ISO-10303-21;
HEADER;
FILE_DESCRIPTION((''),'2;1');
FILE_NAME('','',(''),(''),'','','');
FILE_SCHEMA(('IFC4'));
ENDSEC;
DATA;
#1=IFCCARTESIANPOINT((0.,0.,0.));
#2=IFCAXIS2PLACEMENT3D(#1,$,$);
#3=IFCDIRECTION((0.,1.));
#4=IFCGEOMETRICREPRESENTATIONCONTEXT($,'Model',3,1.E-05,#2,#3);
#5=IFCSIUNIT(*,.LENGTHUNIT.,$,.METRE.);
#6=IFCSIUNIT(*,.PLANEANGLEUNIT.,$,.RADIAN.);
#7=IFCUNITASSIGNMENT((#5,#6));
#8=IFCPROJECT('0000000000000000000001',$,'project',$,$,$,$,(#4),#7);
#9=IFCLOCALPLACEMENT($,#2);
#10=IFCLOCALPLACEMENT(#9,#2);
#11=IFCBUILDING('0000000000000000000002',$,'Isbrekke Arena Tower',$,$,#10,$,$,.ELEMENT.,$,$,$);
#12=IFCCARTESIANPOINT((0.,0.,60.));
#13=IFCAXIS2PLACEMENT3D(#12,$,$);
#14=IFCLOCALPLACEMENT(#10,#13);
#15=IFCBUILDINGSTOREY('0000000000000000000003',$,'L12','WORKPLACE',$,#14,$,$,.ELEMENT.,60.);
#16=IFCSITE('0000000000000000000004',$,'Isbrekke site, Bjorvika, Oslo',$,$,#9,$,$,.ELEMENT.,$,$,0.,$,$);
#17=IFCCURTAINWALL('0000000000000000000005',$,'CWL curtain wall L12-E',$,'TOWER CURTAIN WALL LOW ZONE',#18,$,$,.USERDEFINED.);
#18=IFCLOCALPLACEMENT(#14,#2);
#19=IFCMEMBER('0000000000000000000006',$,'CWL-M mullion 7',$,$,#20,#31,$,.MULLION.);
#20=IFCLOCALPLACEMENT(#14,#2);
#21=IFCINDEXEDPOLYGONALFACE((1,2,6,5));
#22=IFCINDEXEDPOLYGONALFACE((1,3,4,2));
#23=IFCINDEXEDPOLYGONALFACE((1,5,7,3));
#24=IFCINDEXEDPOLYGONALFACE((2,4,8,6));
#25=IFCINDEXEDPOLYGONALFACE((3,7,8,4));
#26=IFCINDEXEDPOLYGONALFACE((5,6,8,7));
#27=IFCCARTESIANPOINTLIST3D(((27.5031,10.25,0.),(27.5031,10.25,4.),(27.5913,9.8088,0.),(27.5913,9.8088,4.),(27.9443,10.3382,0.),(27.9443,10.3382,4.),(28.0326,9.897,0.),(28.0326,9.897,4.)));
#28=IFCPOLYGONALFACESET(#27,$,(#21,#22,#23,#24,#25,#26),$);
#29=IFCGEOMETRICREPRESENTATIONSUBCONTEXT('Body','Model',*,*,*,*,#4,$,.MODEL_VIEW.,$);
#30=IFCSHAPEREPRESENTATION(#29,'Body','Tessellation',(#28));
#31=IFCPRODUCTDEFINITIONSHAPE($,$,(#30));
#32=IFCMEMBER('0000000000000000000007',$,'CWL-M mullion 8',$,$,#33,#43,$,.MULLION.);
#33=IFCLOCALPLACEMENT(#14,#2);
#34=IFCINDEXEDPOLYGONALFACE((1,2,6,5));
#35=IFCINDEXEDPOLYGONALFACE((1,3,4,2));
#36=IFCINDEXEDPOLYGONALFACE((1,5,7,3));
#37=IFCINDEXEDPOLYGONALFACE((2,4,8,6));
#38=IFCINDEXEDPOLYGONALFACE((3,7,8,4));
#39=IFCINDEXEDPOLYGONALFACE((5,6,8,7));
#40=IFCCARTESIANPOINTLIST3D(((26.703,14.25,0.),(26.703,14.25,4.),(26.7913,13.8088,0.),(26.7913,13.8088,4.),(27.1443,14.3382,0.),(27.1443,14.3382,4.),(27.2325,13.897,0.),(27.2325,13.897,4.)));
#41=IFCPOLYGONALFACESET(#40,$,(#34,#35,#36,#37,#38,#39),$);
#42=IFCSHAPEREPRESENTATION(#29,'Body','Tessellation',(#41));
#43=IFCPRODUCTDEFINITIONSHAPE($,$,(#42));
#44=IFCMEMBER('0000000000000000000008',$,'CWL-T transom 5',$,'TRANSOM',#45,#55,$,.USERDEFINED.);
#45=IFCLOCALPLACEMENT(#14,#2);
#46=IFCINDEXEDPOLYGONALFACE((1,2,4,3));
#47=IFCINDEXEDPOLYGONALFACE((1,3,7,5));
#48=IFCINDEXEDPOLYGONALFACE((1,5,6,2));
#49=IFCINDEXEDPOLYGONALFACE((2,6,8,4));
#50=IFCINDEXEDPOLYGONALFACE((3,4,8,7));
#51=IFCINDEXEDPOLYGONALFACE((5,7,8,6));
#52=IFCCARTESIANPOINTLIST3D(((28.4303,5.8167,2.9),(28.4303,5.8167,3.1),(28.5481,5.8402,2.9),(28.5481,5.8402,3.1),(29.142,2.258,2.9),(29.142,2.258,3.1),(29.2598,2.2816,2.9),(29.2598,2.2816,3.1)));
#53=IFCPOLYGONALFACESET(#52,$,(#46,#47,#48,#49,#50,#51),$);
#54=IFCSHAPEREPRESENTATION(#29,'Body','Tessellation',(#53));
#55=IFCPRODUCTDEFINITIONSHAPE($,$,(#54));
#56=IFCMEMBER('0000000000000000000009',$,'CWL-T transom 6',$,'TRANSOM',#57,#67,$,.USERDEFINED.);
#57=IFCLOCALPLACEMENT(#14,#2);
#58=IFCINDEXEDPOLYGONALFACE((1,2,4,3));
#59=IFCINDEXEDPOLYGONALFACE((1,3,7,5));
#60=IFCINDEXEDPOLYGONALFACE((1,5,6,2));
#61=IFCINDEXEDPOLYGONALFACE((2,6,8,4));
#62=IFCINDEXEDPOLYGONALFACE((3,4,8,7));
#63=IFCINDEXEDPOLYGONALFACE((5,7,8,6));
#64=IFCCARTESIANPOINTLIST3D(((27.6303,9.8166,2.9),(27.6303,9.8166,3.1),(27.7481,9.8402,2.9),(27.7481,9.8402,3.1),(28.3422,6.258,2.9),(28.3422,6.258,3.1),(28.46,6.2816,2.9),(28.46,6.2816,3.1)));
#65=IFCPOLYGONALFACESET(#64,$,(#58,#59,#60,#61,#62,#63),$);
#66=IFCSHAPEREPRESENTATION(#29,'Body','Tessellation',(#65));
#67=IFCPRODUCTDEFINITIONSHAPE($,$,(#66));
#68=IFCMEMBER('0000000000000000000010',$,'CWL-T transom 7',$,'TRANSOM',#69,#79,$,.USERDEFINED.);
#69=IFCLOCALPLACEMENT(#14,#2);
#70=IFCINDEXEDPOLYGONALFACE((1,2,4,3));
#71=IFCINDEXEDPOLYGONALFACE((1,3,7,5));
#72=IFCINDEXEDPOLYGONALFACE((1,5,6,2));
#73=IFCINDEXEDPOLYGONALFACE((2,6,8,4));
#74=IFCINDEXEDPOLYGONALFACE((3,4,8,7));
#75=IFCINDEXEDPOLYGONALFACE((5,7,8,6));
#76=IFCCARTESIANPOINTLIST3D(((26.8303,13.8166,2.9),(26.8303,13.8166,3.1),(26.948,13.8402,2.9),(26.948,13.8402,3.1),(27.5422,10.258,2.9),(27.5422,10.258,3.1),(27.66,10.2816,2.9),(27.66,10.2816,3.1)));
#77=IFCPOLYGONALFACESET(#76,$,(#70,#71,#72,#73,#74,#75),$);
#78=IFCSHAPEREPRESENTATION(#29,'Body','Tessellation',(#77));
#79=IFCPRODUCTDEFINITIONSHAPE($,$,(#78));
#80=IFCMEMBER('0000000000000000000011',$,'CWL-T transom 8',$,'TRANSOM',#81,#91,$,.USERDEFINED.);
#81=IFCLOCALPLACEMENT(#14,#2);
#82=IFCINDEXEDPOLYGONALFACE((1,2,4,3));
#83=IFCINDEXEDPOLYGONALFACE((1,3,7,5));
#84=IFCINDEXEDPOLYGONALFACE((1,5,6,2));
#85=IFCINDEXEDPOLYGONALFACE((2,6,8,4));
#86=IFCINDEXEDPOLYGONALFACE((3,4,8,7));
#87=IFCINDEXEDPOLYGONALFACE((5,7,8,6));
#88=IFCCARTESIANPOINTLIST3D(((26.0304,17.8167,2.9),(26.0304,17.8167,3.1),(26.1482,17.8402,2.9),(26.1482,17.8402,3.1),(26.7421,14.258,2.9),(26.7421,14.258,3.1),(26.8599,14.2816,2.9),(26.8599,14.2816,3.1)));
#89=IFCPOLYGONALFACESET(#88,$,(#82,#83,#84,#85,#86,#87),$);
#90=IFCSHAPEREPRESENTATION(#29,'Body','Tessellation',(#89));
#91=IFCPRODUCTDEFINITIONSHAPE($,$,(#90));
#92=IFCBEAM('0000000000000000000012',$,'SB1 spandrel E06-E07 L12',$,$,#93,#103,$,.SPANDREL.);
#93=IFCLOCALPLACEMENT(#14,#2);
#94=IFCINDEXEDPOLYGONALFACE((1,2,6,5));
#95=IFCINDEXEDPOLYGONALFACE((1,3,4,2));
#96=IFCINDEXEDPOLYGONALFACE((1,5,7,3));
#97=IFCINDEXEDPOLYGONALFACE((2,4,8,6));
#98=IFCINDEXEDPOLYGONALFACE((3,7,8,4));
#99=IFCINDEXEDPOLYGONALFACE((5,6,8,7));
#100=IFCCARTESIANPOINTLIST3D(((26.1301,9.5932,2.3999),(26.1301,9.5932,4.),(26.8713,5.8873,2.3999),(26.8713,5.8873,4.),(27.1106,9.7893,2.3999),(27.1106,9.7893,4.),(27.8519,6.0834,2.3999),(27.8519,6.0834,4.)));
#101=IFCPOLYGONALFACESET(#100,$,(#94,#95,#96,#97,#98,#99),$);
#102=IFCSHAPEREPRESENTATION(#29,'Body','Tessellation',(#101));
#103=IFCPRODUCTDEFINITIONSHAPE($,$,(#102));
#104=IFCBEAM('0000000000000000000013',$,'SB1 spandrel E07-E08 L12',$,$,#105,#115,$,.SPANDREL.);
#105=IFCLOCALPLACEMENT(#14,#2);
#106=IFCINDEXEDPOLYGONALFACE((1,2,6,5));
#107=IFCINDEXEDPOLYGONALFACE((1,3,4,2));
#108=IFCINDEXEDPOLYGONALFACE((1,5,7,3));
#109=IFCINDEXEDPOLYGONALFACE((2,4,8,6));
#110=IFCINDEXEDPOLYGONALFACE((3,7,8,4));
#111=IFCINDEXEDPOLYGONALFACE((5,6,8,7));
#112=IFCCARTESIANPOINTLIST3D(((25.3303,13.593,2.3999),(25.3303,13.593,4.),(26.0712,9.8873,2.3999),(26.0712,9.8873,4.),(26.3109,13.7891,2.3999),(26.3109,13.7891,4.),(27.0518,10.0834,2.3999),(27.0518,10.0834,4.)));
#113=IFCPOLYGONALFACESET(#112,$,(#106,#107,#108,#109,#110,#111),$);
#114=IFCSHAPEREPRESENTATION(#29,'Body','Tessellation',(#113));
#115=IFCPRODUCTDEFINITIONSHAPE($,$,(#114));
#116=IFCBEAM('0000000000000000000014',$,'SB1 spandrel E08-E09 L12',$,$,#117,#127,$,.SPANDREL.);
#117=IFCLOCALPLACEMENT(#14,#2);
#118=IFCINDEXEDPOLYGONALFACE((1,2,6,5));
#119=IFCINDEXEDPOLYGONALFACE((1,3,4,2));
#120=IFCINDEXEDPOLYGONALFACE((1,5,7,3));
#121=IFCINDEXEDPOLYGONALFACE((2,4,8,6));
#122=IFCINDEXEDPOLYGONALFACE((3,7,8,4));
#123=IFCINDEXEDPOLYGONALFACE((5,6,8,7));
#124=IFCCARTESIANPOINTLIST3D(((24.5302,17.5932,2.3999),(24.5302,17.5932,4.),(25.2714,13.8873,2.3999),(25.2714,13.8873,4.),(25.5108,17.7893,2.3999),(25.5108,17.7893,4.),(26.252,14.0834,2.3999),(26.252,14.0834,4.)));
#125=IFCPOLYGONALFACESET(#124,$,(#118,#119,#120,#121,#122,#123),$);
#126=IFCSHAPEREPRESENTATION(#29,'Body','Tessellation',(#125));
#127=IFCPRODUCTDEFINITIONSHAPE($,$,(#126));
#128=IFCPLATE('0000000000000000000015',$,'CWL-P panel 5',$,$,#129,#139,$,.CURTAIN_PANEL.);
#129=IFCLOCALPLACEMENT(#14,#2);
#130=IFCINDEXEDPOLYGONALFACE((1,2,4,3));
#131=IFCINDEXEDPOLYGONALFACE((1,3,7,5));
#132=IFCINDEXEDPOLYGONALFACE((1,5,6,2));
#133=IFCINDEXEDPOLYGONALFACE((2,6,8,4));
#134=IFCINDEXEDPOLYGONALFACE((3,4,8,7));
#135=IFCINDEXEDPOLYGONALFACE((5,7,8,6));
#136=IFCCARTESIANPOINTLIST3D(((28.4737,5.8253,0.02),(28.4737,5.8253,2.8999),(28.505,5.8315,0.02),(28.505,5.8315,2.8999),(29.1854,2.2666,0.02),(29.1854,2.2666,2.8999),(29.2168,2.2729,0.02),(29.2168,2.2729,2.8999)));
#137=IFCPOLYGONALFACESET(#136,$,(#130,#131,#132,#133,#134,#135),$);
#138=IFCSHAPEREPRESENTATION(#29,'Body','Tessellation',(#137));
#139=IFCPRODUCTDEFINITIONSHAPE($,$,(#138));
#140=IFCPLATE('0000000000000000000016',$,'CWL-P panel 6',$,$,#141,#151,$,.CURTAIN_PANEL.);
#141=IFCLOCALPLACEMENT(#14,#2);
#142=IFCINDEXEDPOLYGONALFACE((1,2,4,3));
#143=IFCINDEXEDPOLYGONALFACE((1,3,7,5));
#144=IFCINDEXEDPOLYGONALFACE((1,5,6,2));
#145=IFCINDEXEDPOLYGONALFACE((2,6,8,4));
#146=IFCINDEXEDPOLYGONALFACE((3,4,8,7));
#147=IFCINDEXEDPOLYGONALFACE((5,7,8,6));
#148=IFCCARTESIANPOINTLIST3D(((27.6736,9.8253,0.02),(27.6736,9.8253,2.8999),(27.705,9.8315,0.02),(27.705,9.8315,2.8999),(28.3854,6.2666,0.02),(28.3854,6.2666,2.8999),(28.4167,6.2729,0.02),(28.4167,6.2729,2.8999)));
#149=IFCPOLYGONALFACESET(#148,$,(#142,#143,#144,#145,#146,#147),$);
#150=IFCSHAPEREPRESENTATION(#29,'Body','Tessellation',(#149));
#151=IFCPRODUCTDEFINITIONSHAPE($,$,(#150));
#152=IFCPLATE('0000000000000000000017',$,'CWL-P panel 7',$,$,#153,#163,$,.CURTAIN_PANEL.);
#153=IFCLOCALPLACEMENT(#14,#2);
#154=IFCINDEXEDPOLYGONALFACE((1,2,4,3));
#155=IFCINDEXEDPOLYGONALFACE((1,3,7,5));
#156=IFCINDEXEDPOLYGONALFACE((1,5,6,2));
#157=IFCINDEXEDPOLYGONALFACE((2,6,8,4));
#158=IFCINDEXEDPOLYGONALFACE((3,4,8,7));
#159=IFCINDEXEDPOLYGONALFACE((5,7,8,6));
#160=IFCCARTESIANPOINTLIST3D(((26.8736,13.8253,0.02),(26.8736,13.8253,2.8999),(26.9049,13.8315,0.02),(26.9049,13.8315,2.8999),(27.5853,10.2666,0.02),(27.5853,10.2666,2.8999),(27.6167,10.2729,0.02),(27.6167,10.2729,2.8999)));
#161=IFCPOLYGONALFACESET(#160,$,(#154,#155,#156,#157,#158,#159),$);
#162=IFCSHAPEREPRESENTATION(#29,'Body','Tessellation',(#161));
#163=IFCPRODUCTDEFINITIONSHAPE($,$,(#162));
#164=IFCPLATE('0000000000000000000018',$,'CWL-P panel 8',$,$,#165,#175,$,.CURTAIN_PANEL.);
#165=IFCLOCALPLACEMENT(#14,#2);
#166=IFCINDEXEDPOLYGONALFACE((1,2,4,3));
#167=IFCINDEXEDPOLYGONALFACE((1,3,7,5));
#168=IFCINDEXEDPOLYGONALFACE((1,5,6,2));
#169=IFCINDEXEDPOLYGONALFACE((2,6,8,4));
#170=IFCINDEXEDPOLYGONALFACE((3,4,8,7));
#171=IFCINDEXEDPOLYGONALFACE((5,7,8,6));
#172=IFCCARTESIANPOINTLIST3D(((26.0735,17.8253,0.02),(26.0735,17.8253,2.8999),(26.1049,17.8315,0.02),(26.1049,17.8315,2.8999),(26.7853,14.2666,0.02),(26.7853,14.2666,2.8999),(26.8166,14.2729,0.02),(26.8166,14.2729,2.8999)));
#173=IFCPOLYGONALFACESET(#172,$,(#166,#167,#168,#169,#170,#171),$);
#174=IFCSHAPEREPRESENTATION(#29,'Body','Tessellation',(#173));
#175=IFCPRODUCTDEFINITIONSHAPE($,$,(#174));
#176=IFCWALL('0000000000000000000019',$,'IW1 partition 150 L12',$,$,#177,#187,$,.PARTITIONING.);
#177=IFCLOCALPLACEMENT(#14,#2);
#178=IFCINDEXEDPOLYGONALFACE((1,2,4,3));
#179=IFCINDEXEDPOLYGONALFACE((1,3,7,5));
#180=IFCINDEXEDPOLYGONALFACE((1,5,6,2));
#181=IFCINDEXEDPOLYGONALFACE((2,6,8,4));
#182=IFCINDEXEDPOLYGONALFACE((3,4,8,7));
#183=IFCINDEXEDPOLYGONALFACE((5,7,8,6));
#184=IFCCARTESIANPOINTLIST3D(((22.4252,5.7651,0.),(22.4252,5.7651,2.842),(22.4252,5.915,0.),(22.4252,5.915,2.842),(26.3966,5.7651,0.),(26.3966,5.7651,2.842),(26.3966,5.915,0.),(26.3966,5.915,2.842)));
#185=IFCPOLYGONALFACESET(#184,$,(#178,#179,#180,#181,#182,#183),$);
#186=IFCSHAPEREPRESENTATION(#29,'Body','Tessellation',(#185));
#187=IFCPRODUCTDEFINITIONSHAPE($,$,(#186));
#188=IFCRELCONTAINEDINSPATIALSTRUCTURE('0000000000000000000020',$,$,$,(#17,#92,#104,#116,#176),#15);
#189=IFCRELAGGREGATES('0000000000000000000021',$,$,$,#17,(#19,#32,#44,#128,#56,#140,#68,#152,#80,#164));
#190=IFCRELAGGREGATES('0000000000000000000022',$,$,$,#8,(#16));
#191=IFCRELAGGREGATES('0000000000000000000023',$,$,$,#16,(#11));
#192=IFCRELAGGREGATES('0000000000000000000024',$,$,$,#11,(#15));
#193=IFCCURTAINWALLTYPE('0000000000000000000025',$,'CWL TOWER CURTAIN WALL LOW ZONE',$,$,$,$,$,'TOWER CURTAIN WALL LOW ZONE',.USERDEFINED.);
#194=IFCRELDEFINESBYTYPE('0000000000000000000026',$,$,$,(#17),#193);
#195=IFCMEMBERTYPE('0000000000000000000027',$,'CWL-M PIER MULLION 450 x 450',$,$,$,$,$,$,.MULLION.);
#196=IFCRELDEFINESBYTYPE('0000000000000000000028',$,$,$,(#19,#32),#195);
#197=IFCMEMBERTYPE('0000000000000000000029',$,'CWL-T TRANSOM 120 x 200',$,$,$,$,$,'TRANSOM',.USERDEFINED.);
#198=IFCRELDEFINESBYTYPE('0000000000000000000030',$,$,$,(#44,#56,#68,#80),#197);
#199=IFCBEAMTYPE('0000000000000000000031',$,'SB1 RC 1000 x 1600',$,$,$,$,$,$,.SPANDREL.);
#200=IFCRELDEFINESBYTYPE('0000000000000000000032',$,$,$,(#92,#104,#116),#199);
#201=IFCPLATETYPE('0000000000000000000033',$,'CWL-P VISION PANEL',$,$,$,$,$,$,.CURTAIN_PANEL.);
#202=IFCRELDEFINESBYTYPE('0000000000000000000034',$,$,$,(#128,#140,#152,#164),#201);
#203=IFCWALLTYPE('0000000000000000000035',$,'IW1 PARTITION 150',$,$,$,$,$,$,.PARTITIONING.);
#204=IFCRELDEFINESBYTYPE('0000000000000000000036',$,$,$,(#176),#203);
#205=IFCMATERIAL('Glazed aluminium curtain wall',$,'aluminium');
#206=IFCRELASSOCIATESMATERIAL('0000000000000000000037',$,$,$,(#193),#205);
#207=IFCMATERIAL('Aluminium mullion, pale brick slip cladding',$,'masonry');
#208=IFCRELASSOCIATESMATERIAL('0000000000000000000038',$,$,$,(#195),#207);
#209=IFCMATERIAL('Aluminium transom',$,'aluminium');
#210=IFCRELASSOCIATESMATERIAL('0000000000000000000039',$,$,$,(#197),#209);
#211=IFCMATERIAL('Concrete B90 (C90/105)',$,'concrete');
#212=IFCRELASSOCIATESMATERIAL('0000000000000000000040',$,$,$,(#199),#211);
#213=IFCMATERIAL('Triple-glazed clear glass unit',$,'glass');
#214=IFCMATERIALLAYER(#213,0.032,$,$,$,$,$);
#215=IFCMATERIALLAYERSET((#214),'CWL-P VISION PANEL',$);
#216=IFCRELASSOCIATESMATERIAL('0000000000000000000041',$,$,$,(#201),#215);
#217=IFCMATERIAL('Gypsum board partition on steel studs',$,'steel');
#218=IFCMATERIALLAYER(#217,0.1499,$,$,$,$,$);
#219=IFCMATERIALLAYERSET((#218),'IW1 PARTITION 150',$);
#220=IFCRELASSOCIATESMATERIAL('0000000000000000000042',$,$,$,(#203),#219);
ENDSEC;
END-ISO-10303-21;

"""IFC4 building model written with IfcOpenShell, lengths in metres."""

from ifc_helpers import new_model, si_unit, direction, frame, frame_2d, origin, origin_2d, place, context, subcontext, project, spatial, rectangle, extrude, material, layer, layer_set, material_profile, profile_set, type_object, element, aggregate, save


model = new_model("IFC4")

# Units and contexts
model_context = context("Model", 3, precision=1e-05, world=origin(), true_north=direction((0.0, 1.0)))
body_context = subcontext(model_context, "Body", "Model", "MODEL_VIEW")
ifc_project = project(units=[si_unit("LENGTHUNIT", "METRE"), si_unit("PLANEANGLEUNIT", "RADIAN")], contexts=[model_context])

# Site, building, storey
site_placement = place(None, origin())
site = spatial("IfcSite", under=ifc_project, at=site_placement, Name="Isbrekke site, Bjorvika, Oslo", CompositionType="ELEMENT", RefElevation=0.0)
building_placement = place(site_placement, origin())
building = spatial("IfcBuilding", under=site, at=building_placement, Name="Isbrekke Arena Tower", CompositionType="ELEMENT")
storey_placement = place(building_placement, frame((0.0, 0.0, 60.0)))
storey = spatial("IfcBuildingStorey", under=building, at=storey_placement, Name="L12", Description="WORKPLACE", CompositionType="ELEMENT", Elevation=60.0)

# Curtain wall, members
ifc_material_1 = material(Name="Glazed aluminium curtain wall", Category="aluminium")
curtain_wall_type = type_object("IfcCurtainWallType", Name="CWL TOWER CURTAIN WALL LOW ZONE", ElementType="TOWER CURTAIN WALL LOW ZONE", PredefinedType="USERDEFINED", material=ifc_material_1)
curtain_wall_placement = place(storey_placement, origin())
curtain_wall = element("IfcCurtainWall", 1, at=curtain_wall_placement, inside=storey, type_object=curtain_wall_type, Name="CWL curtain wall L12-E", ObjectType="TOWER CURTAIN WALL LOW ZONE", PredefinedType="USERDEFINED")
ifc_material_2 = material(Name="Aluminium mullion, pale brick slip cladding", Category="masonry")
ifc_material_profile_1 = material_profile(ifc_material_2, rectangle(XDim=0.45, YDim=0.45, at=origin_2d()), Name="PIER 450X450")
ifc_profile_set_1 = profile_set([ifc_material_profile_1], Name="Aluminium mullion, pale brick slip cladding")
member_type_1 = type_object("IfcMemberType", Name="CWL-M PIER MULLION 450 x 450", PredefinedType="MULLION", material=ifc_profile_set_1)
member_1_placement = place(storey_placement, frame((27.7678, 10.0735, 0.0), z_axis=(0.0, 0.0, 1.0), x_axis=(-0.196116, 0.980581, 0.0)))
member_1 = element("IfcMember", 2, at=member_1_placement, type_object=member_type_1, Name="CWL-M mullion 7", PredefinedType="MULLION", context=body_context, shape_type="SweptSolid", body=[
    extrude(rectangle(XDim=0.45, YDim=0.45, at=origin_2d()), origin(), (0.0, 0.0, 1.0), 4.0),
])
member_2_placement = place(storey_placement, frame((26.9678, 14.0735, 0.0), z_axis=(0.0, 0.0, 1.0), x_axis=(-0.196116, 0.980581, 0.0)))
member_2 = element("IfcMember", 3, at=member_2_placement, type_object=member_type_1, Name="CWL-M mullion 8", PredefinedType="MULLION", context=body_context, shape_type="SweptSolid", body=[
    extrude(rectangle(XDim=0.45, YDim=0.45, at=origin_2d()), origin(), (0.0, 0.0, 1.0), 4.0),
])
ifc_material_3 = material(Name="Aluminium transom", Category="aluminium")
ifc_material_profile_2 = material_profile(ifc_material_3, rectangle(XDim=0.1201, YDim=0.2, at=origin_2d()), Name="TRANSOM 120X200")
ifc_profile_set_2 = profile_set([ifc_material_profile_2], Name="Aluminium transom")
member_type_2 = type_object("IfcMemberType", Name="CWL-T TRANSOM 120 x 200", ElementType="TRANSOM", PredefinedType="USERDEFINED", material=ifc_profile_set_2)
member_3_placement = place(storey_placement, frame((29.2009, 2.2698, 3.0), z_axis=(-0.196103, 0.980583, 0.0), x_axis=(-0.980583, -0.196103, 0.0)))
member_3 = element("IfcMember", 4, at=member_3_placement, type_object=member_type_2, Name="CWL-T transom 5", ObjectType="TRANSOM", PredefinedType="USERDEFINED", context=body_context, shape_type="SweptSolid", body=[
    extrude(rectangle(XDim=0.1201, YDim=0.2, at=origin_2d()), origin(), (0.0, 0.0, 1.0), 3.6292),
])
member_4_placement = place(storey_placement, frame((28.4011, 6.2698, 3.0), z_axis=(-0.196168, 0.98057, 0.0), x_axis=(-0.98057, -0.196168, 0.0)))
member_4 = element("IfcMember", 5, at=member_4_placement, type_object=member_type_2, Name="CWL-T transom 6", ObjectType="TRANSOM", PredefinedType="USERDEFINED", context=body_context, shape_type="SweptSolid", body=[
    extrude(rectangle(XDim=0.1201, YDim=0.2, at=origin_2d()), origin(), (0.0, 0.0, 1.0), 3.6292),
])
member_5_placement = place(storey_placement, frame((27.6011, 10.2698, 3.0), z_axis=(-0.196168, 0.98057, 0.0), x_axis=(-0.98057, -0.196168, 0.0)))
member_5 = element("IfcMember", 6, at=member_5_placement, type_object=member_type_2, Name="CWL-T transom 7", ObjectType="TRANSOM", PredefinedType="USERDEFINED", context=body_context, shape_type="SweptSolid", body=[
    extrude(rectangle(XDim=0.1201, YDim=0.2, at=origin_2d()), origin(), (0.0, 0.0, 1.0), 3.6292),
])
member_6_placement = place(storey_placement, frame((26.801, 14.2698, 3.0), z_axis=(-0.196103, 0.980583, 0.0), x_axis=(-0.980583, -0.196103, 0.0)))
member_6 = element("IfcMember", 7, at=member_6_placement, type_object=member_type_2, Name="CWL-T transom 8", ObjectType="TRANSOM", PredefinedType="USERDEFINED", context=body_context, shape_type="SweptSolid", body=[
    extrude(rectangle(XDim=0.1201, YDim=0.2, at=origin_2d()), origin(), (0.0, 0.0, 1.0), 3.6292),
])

# Beams
ifc_material_4 = material(Name="Concrete B90 (C90/105)", Category="concrete")
ifc_material_profile_3 = material_profile(ifc_material_4, rectangle(XDim=1.0, YDim=1.6001, at=origin_2d()), Name="RC 1000x1600")
ifc_profile_set_3 = profile_set([ifc_material_profile_3], Name="Concrete B90 (C90/105)")
beam_type_1 = type_object("IfcBeamType", Name="SB1 RC 1000 x 1600", PredefinedType="SPANDREL", material=ifc_profile_set_3)
beam_1_placement = place(storey_placement, frame((27.3616, 5.9854, 3.2), z_axis=(-0.196129, 0.980578, 0.0), x_axis=(-0.980578, -0.196129, 0.0)))
element("IfcBeam", 8, at=beam_1_placement, inside=storey, type_object=beam_type_1, Name="SB1 spandrel E06-E07 L12", PredefinedType="SPANDREL", context=body_context, shape_type="SweptSolid", body=[
    extrude(rectangle(XDim=1.0, YDim=1.6001, at=origin_2d()), origin(), (0.0, 0.0, 1.0), 3.7793),
])
beam_2_placement = place(storey_placement, frame((26.5615, 9.9854, 3.2), z_axis=(-0.196066, 0.980591, 0.0), x_axis=(-0.980591, -0.196066, 0.0)))
element("IfcBeam", 9, at=beam_2_placement, inside=storey, type_object=beam_type_1, Name="SB1 spandrel E07-E08 L12", PredefinedType="SPANDREL", context=body_context, shape_type="SweptSolid", body=[
    extrude(rectangle(XDim=1.0, YDim=1.6001, at=origin_2d()), origin(), (0.0, 0.0, 1.0), 3.7791),
])
beam_3_placement = place(storey_placement, frame((25.7617, 13.9854, 3.2), z_axis=(-0.196129, 0.980578, 0.0), x_axis=(-0.980578, -0.196129, 0.0)))
element("IfcBeam", 10, at=beam_3_placement, inside=storey, type_object=beam_type_1, Name="SB1 spandrel E08-E09 L12", PredefinedType="SPANDREL", context=body_context, shape_type="SweptSolid", body=[
    extrude(rectangle(XDim=1.0, YDim=1.6001, at=origin_2d()), origin(), (0.0, 0.0, 1.0), 3.7793),
])

# Plates
ifc_material_5 = material(Name="Triple-glazed clear glass unit", Category="glass")
ifc_layer_1 = layer(ifc_material_5, 0.032)
ifc_layer_set_1 = layer_set([ifc_layer_1], Name="CWL-P VISION PANEL")
plate_type = type_object("IfcPlateType", Name="CWL-P VISION PANEL", PredefinedType="CURTAIN_PANEL", material=ifc_layer_set_1)
plate_1_placement = place(storey_placement, frame((28.8452, 4.0491, 0.02), z_axis=(0.0, 0.0, 1.0), x_axis=(-0.196116, 0.980581, 0.0)))
plate_1 = element("IfcPlate", 11, at=plate_1_placement, type_object=plate_type, Name="CWL-P panel 5", PredefinedType="CURTAIN_PANEL", context=body_context, shape_type="SweptSolid", body=[
    extrude(rectangle(XDim=3.6292, YDim=0.032, at=origin_2d()), origin(), (0.0, 0.0, 1.0), 2.8799),
])
plate_2_placement = place(storey_placement, frame((28.0452, 8.0491, 0.02), z_axis=(0.0, 0.0, 1.0), x_axis=(-0.196116, 0.980581, 0.0)))
plate_2 = element("IfcPlate", 12, at=plate_2_placement, type_object=plate_type, Name="CWL-P panel 6", PredefinedType="CURTAIN_PANEL", context=body_context, shape_type="SweptSolid", body=[
    extrude(rectangle(XDim=3.6292, YDim=0.032, at=origin_2d()), origin(), (0.0, 0.0, 1.0), 2.8799),
])
plate_3_placement = place(storey_placement, frame((27.2451, 12.0491, 0.02), z_axis=(0.0, 0.0, 1.0), x_axis=(-0.196116, 0.980581, 0.0)))
plate_3 = element("IfcPlate", 13, at=plate_3_placement, type_object=plate_type, Name="CWL-P panel 7", PredefinedType="CURTAIN_PANEL", context=body_context, shape_type="SweptSolid", body=[
    extrude(rectangle(XDim=3.6292, YDim=0.032, at=origin_2d()), origin(), (0.0, 0.0, 1.0), 2.8799),
])
plate_4_placement = place(storey_placement, frame((26.4451, 16.0491, 0.02), z_axis=(0.0, 0.0, 1.0), x_axis=(-0.196116, 0.980581, 0.0)))
plate_4 = element("IfcPlate", 14, at=plate_4_placement, type_object=plate_type, Name="CWL-P panel 8", PredefinedType="CURTAIN_PANEL", context=body_context, shape_type="SweptSolid", body=[
    extrude(rectangle(XDim=3.6292, YDim=0.032, at=origin_2d()), origin(), (0.0, 0.0, 1.0), 2.8799),
])
aggregate(curtain_wall, [member_1, member_2, member_3, plate_1, member_4, plate_2, member_5, plate_3, member_6, plate_4])

# Wall
ifc_material_6 = material(Name="Gypsum board partition on steel studs", Category="steel")
ifc_layer_2 = layer(ifc_material_6, 0.1499)
ifc_layer_set_2 = layer_set([ifc_layer_2], Name="IW1 PARTITION 150")
wall_type = type_object("IfcWallType", Name="IW1 PARTITION 150", PredefinedType="PARTITIONING", material=ifc_layer_set_2)
wall_1_placement = place(storey_placement, frame((22.425, 5.8401, 0.0), z_axis=(0.0, 0.0, 1.0), x_axis=(1.0, 0.0, 0.0)))
element("IfcWall", 15, at=wall_1_placement, inside=storey, type_object=wall_type, Name="IW1 partition 150 L12", PredefinedType="PARTITIONING", context=body_context, shape_type="SweptSolid", body=[
    extrude(rectangle(XDim=3.9714, YDim=0.1499, at=frame_2d((1.9858, 0.0))), origin(), (0.0, 0.0, 1.0), 2.842),
])

save(model, "model.ifc")
